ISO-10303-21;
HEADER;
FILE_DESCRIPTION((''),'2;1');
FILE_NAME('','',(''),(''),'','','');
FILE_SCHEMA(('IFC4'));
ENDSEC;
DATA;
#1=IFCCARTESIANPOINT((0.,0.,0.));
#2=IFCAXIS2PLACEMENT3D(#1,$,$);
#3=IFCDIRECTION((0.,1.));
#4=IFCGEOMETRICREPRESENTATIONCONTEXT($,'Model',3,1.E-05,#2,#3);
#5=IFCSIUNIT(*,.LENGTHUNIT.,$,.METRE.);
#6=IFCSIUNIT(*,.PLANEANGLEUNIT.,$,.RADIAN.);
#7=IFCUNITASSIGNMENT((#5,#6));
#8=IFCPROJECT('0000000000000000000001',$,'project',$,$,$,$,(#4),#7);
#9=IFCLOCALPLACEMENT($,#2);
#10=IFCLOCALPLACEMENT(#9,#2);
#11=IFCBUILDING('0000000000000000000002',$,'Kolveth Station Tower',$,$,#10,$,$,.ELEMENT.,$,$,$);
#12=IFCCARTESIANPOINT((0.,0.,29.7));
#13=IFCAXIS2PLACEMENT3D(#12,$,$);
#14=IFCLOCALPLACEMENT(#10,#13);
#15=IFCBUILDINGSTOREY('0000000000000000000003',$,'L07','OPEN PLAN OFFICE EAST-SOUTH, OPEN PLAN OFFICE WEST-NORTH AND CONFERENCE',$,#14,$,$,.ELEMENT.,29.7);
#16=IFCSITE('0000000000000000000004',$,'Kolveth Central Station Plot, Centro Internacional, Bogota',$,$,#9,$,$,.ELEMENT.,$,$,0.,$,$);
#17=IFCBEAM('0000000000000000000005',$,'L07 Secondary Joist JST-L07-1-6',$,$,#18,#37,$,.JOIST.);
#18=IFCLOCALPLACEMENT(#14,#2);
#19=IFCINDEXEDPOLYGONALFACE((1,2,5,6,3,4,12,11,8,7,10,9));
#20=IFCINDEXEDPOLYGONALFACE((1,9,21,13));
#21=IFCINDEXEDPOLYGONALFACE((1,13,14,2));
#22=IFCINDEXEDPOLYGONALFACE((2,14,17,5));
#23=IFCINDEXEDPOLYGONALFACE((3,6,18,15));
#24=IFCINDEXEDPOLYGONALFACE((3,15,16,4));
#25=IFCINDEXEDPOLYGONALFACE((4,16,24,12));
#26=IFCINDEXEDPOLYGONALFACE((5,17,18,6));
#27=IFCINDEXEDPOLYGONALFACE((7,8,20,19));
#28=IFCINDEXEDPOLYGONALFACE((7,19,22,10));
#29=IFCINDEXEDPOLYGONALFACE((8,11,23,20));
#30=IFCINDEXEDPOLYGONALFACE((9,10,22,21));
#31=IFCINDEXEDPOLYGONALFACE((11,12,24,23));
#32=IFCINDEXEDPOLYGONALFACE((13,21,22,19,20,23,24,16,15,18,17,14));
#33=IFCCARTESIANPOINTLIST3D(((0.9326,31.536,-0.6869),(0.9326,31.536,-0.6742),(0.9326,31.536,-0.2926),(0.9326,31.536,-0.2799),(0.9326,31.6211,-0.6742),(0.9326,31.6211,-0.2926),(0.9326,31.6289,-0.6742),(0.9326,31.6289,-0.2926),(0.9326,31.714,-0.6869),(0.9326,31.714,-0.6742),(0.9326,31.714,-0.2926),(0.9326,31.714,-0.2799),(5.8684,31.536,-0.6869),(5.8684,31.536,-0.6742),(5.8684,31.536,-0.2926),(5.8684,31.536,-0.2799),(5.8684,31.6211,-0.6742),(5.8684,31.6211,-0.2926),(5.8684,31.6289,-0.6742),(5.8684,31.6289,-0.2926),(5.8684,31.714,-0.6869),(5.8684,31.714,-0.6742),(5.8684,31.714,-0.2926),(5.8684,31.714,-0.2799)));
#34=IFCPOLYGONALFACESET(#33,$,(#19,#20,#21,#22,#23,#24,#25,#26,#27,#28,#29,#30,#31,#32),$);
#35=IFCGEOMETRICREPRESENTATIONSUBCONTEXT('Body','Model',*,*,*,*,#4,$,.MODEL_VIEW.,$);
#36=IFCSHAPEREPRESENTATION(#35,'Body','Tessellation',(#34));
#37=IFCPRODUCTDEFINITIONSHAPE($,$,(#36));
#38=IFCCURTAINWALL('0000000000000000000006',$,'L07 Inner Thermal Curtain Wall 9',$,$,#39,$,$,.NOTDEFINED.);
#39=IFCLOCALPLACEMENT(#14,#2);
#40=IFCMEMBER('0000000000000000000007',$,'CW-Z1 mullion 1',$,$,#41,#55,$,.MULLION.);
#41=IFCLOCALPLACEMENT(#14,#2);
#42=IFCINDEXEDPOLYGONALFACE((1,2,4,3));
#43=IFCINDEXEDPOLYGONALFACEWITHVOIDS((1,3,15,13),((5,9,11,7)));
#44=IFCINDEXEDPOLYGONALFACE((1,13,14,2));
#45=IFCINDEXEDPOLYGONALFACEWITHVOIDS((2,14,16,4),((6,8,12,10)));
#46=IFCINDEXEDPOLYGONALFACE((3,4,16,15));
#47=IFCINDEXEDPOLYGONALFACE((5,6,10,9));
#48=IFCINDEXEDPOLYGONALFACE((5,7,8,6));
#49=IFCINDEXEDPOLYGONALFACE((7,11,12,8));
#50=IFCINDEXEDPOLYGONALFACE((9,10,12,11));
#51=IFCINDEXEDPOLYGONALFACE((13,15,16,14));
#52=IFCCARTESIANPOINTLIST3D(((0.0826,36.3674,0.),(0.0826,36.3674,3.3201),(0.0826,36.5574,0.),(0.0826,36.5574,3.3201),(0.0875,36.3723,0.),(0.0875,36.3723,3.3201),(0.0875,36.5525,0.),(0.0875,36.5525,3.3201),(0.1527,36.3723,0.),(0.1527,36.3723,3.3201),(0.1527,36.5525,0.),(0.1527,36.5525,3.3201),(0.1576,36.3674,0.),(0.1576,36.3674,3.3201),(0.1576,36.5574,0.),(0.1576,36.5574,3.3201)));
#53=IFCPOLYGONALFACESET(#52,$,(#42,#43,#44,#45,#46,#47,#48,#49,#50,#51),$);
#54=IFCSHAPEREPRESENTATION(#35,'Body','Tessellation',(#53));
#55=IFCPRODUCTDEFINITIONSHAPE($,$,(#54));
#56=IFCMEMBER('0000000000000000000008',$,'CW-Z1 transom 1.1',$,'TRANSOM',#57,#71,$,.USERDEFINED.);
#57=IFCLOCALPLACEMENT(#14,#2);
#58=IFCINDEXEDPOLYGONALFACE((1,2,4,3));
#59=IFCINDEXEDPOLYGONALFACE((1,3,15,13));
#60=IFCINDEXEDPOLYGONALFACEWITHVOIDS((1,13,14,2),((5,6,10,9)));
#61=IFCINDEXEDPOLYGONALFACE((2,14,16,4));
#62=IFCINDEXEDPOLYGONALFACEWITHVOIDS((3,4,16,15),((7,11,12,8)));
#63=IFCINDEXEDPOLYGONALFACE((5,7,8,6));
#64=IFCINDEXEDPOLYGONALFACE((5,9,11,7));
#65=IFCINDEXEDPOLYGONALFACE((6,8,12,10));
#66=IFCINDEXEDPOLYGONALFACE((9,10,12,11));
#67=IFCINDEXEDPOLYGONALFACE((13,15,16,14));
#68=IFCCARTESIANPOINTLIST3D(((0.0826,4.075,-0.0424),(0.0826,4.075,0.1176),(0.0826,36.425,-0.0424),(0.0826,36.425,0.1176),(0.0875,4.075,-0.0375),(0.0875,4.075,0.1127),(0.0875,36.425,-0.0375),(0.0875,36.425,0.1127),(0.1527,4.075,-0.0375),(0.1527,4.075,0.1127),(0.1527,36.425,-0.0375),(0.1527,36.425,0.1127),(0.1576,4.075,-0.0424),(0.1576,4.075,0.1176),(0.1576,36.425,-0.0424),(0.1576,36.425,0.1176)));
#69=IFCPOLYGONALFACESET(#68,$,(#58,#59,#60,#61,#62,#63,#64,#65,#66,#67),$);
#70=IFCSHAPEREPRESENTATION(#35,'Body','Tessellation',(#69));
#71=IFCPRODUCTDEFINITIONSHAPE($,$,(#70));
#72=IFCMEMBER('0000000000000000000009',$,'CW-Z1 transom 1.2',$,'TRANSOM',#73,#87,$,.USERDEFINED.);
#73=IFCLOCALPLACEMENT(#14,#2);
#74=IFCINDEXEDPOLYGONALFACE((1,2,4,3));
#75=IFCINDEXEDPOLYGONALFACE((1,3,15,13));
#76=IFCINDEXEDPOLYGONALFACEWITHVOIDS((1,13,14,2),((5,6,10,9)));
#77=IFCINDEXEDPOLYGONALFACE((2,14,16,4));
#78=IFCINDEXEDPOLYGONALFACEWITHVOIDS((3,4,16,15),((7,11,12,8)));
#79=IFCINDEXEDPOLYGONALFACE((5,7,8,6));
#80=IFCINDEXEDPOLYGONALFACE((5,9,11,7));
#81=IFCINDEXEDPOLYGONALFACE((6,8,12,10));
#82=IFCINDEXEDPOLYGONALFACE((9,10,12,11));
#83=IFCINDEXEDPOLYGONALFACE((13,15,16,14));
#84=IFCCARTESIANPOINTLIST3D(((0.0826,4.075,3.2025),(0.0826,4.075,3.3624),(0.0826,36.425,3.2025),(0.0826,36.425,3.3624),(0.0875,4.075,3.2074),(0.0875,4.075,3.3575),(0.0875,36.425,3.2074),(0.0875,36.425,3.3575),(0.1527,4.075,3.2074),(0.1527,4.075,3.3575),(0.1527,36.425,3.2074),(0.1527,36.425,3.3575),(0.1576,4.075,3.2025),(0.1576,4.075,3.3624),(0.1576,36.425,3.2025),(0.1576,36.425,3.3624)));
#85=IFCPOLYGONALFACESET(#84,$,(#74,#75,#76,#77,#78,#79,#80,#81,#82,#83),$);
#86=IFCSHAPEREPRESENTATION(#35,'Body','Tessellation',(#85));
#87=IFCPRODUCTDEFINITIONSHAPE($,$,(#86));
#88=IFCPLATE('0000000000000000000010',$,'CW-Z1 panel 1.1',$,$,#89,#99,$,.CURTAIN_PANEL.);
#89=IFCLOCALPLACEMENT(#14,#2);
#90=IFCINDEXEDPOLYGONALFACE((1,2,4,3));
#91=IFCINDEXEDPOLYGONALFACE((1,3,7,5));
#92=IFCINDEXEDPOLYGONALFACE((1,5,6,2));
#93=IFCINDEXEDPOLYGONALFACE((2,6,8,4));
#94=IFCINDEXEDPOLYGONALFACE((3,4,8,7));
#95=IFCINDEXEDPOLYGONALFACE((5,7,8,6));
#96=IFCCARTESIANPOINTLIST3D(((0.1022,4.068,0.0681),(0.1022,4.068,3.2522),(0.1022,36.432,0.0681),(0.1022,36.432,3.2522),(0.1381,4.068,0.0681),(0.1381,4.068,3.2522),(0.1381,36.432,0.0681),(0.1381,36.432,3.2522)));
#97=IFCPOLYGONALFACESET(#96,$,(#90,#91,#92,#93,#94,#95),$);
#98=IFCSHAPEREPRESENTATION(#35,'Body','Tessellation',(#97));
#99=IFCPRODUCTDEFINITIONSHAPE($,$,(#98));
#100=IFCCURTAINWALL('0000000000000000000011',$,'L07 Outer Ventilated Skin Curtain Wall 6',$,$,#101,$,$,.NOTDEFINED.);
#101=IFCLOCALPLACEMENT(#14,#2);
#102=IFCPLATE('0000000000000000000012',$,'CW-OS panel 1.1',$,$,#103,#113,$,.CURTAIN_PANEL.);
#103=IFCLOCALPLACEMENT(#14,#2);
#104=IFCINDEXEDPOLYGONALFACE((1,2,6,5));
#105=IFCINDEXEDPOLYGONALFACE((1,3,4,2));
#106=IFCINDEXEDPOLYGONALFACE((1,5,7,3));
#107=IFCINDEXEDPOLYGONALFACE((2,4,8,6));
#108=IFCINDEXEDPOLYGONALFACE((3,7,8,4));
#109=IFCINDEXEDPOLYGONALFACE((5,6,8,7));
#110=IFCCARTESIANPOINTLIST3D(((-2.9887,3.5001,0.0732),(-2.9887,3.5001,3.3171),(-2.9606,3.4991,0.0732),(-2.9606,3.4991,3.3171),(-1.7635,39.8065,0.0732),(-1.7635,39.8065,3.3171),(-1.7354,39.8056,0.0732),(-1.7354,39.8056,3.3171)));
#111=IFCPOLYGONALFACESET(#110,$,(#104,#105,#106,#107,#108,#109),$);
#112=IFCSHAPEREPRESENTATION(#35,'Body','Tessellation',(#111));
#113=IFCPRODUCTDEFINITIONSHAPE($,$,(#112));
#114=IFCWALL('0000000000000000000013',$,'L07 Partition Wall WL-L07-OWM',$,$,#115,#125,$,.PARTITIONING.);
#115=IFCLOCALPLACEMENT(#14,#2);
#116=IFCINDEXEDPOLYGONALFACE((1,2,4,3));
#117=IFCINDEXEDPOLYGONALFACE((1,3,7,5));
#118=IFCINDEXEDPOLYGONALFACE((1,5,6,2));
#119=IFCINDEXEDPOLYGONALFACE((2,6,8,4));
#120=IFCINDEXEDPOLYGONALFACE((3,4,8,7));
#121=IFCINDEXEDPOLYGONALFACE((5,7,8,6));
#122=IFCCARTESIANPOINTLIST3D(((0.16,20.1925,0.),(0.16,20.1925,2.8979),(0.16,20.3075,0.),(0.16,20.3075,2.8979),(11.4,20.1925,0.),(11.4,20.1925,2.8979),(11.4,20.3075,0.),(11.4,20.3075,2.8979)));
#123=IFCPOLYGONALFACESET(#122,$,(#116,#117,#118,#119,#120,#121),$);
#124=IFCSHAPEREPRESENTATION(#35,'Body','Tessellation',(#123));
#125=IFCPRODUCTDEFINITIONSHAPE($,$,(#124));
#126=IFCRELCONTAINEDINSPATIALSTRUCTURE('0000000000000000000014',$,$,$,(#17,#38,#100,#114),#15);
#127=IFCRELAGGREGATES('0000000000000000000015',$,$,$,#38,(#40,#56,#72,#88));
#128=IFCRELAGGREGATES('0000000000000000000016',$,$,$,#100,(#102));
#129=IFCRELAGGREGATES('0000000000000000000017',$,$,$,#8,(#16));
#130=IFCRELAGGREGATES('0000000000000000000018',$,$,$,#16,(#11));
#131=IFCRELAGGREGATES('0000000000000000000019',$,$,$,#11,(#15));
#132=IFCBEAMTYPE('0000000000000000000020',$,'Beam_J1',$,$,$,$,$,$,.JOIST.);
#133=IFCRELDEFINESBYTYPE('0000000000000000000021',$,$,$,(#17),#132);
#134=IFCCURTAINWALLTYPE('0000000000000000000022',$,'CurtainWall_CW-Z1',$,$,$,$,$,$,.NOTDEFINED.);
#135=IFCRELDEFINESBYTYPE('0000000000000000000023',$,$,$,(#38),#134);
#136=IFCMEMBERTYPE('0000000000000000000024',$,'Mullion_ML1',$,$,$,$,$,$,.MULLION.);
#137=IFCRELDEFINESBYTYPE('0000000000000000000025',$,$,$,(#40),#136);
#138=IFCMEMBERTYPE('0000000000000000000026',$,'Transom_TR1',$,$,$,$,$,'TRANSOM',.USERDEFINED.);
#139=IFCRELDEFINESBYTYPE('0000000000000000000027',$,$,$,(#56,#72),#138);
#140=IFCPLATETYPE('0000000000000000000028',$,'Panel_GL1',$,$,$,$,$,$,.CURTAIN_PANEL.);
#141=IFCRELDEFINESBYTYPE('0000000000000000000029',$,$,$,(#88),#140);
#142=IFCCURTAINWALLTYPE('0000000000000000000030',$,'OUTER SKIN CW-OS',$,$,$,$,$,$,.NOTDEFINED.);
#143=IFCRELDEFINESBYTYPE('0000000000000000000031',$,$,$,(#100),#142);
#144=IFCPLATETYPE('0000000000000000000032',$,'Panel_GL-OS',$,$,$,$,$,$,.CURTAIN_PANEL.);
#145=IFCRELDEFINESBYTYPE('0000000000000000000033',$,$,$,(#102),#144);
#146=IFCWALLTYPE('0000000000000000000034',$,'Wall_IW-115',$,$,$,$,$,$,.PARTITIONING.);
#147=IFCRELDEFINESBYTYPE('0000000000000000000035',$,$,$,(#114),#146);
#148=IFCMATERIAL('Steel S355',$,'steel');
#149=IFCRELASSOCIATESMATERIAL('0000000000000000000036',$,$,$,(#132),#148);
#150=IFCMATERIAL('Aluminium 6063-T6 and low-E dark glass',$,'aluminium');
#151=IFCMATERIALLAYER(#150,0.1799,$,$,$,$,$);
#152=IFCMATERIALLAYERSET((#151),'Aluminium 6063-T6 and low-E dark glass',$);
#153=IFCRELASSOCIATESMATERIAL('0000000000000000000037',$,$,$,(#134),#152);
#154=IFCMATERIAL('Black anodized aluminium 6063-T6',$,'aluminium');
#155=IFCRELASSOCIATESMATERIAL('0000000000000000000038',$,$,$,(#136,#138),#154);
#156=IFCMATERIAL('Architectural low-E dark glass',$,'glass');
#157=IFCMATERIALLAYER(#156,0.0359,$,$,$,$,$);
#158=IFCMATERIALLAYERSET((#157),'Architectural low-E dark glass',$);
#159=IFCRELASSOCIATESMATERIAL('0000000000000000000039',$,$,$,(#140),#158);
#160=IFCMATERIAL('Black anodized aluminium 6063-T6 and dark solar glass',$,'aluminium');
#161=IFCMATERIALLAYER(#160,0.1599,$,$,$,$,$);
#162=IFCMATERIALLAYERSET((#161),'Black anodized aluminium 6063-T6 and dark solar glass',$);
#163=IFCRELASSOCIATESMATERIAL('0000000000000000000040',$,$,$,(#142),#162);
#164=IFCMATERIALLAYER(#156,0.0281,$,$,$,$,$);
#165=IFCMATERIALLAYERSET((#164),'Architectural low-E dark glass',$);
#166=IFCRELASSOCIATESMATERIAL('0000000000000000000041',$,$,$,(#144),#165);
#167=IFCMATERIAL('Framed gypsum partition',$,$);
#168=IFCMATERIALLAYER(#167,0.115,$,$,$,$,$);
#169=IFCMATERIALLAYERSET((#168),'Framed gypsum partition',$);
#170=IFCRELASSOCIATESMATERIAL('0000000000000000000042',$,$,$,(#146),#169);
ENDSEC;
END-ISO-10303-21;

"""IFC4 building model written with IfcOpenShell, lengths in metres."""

from ifc_helpers import new_model, si_unit, direction, frame, frame_2d, origin, origin_2d, place, context, subcontext, project, spatial, rectangle, hollow_rectangle, i_section, extrude, source, transform, mapped, material, layer, layer_set, material_profile, profile_set, type_object, element, aggregate, save


model = new_model("IFC4")

# Units and contexts
model_context = context("Model", 3, precision=1e-05, world=origin(), true_north=direction((0.0, 1.0)))
body_context = subcontext(model_context, "Body", "Model", "MODEL_VIEW")
ifc_project = project(units=[si_unit("LENGTHUNIT", "METRE"), si_unit("PLANEANGLEUNIT", "RADIAN")], contexts=[model_context])

# Site, building, storey
site_placement = place(None, origin())
site = spatial("IfcSite", under=ifc_project, at=site_placement, Name="Kolveth Central Station Plot, Centro Internacional, Bogota", CompositionType="ELEMENT", RefElevation=0.0)
building_placement = place(site_placement, origin())
building = spatial("IfcBuilding", under=site, at=building_placement, Name="Kolveth Station Tower", CompositionType="ELEMENT")
storey_placement = place(building_placement, frame((0.0, 0.0, 29.7)))
storey = spatial("IfcBuildingStorey", under=building, at=storey_placement, Name="L07", Description="OPEN PLAN OFFICE EAST-SOUTH, OPEN PLAN OFFICE WEST-NORTH AND CONFERENCE", CompositionType="ELEMENT", Elevation=29.7)

# Shared definitions
ifc_material_1 = material(Name="Steel S355", Category="steel")

# Beam
ifc_material_profile_1 = material_profile(ifc_material_1, i_section(OverallWidth=0.178, OverallDepth=0.407, WebThickness=0.0078, FlangeThickness=0.0127, at=origin_2d()), Name="W410x60")
ifc_profile_set_1 = profile_set([ifc_material_profile_1], Name="Steel S355")
beam_type_1 = type_object("IfcBeamType", Name="Beam_J1", PredefinedType="JOIST", material=ifc_profile_set_1)
shared_shape_1 = source(origin(), body_context, "Body", "SweptSolid", [
    extrude(i_section(OverallWidth=0.178, OverallDepth=0.407, WebThickness=0.0078, FlangeThickness=0.0127, at=origin_2d()), origin(), (0.0, 0.0, 1.0), 4.9358),
])
for number, where, z_axis, x_axis, name in (
    (1, (0.9326, 31.625, -0.4834), (1.0, 0.0, 0.0), (0.0, 1.0, 0.0), "L07 Secondary Joist JST-L07-1-6"),
):
    element("IfcBeam", number, at=place(storey_placement, frame(where, z_axis=z_axis, x_axis=x_axis)), inside=storey, type_object=beam_type_1, Name=name, PredefinedType="JOIST", context=body_context, shape_type="MappedRepresentation", body=[
        mapped(shared_shape_1, transform((0.0, 0.0, 0.0), x_axis=(1.0, 0.0, 0.0), y_axis=(0.0, 1.0, 0.0), z_axis=(0.0, 0.0, 1.0), scale=1.0)),
    ])

# Curtain wall, members, plate
ifc_material_2 = material(Name="Aluminium 6063-T6 and low-E dark glass", Category="aluminium")
ifc_layer_1 = layer(ifc_material_2, 0.1799)
ifc_layer_set_1 = layer_set([ifc_layer_1], Name="Aluminium 6063-T6 and low-E dark glass")
curtain_wall_type_1 = type_object("IfcCurtainWallType", Name="CurtainWall_CW-Z1", PredefinedType="NOTDEFINED", material=ifc_layer_set_1)
curtain_wall_1_placement = place(storey_placement, origin())
curtain_wall_1 = element("IfcCurtainWall", 2, at=curtain_wall_1_placement, inside=storey, type_object=curtain_wall_type_1, Name="L07 Inner Thermal Curtain Wall 9", PredefinedType="NOTDEFINED")
ifc_material_3 = material(Name="Black anodized aluminium 6063-T6", Category="aluminium")
ifc_material_profile_2 = material_profile(ifc_material_3, hollow_rectangle(XDim=0.075, YDim=0.1899, WallThickness=0.0049, at=origin_2d()), Name="ALU-75x190x5")
ifc_profile_set_2 = profile_set([ifc_material_profile_2], Name="Black anodized aluminium 6063-T6")
member_type_1 = type_object("IfcMemberType", Name="Mullion_ML1", PredefinedType="MULLION", material=ifc_profile_set_2)
shared_shape_2 = source(origin(), body_context, "Body", "SweptSolid", [
    extrude(hollow_rectangle(XDim=0.075, YDim=0.1899, WallThickness=0.0049, at=origin_2d()), origin(), (0.0, 0.0, 1.0), 3.3201),
])
member_1_placement = place(storey_placement, frame((0.1201, 36.4624, 0.0), z_axis=(0.0, 0.0, 1.0), x_axis=(1.0, 0.0, 0.0)))
member_1 = element("IfcMember", 3, at=member_1_placement, type_object=member_type_1, Name="CW-Z1 mullion 1", PredefinedType="MULLION", context=body_context, shape_type="MappedRepresentation", body=[
    mapped(shared_shape_2, transform((0.0, 0.0, 0.0), x_axis=(1.0, 0.0, 0.0), y_axis=(0.0, 1.0, 0.0), z_axis=(0.0, 0.0, 1.0), scale=1.0)),
])
ifc_material_profile_3 = material_profile(ifc_material_3, hollow_rectangle(XDim=0.075, YDim=0.1599, WallThickness=0.0049, at=origin_2d()), Name="ALU-75x160x5")
ifc_profile_set_3 = profile_set([ifc_material_profile_3], Name="Black anodized aluminium 6063-T6")
member_type_2 = type_object("IfcMemberType", Name="Transom_TR1", ElementType="TRANSOM", PredefinedType="USERDEFINED", material=ifc_profile_set_3)
shared_shape_3 = source(origin(), body_context, "Body", "SweptSolid", [
    extrude(hollow_rectangle(XDim=0.075, YDim=0.1599, WallThickness=0.0049, at=origin_2d()), origin(), (0.0, 0.0, 1.0), 32.3501),
])
member_2_placement = place(storey_placement, frame((0.1201, 36.425, 0.0376), z_axis=(0.0, -1.0, 0.0), x_axis=(1.0, 0.0, 0.0)))
member_2 = element("IfcMember", 4, at=member_2_placement, type_object=member_type_2, Name="CW-Z1 transom 1.1", ObjectType="TRANSOM", PredefinedType="USERDEFINED", context=body_context, shape_type="MappedRepresentation", body=[
    mapped(shared_shape_3, transform((0.0, 0.0, 0.0), x_axis=(1.0, 0.0, 0.0), y_axis=(0.0, 1.0, 0.0), z_axis=(0.0, 0.0, 1.0), scale=1.0)),
])
member_3_placement = place(storey_placement, frame((0.1201, 36.425, 3.2825), z_axis=(0.0, -1.0, 0.0), x_axis=(1.0, 0.0, 0.0)))
member_3 = element("IfcMember", 5, at=member_3_placement, type_object=member_type_2, Name="CW-Z1 transom 1.2", ObjectType="TRANSOM", PredefinedType="USERDEFINED", context=body_context, shape_type="MappedRepresentation", body=[
    mapped(shared_shape_3, transform((0.0, 0.0, 0.0), x_axis=(1.0, 0.0, 0.0), y_axis=(0.0, 1.0, 0.0), z_axis=(0.0, 0.0, 1.0), scale=1.0)),
])
ifc_material_4 = material(Name="Architectural low-E dark glass", Category="glass")
ifc_layer_2 = layer(ifc_material_4, 0.0359)
ifc_layer_set_2 = layer_set([ifc_layer_2], Name="Architectural low-E dark glass")
plate_type_1 = type_object("IfcPlateType", Name="Panel_GL1", PredefinedType="CURTAIN_PANEL", material=ifc_layer_set_2)
shared_shape_4 = source(origin(), body_context, "Body", "SweptSolid", [
    extrude(rectangle(XDim=32.364, YDim=0.0359, at=origin_2d()), origin(), (0.0, 0.0, 1.0), 3.1841),
])
plate_1_placement = place(storey_placement, frame((0.1201, 20.25, 0.0681), z_axis=(0.0, 0.0, 1.0), x_axis=(0.0, -1.0, 0.0)))
plate_1 = element("IfcPlate", 6, at=plate_1_placement, type_object=plate_type_1, Name="CW-Z1 panel 1.1", PredefinedType="CURTAIN_PANEL", context=body_context, shape_type="MappedRepresentation", body=[
    mapped(shared_shape_4, transform((0.0, 0.0, 0.0), x_axis=(1.0, 0.0, 0.0), y_axis=(0.0, 1.0, 0.0), z_axis=(0.0, 0.0, 1.0), scale=1.0)),
])
aggregate(curtain_wall_1, [member_1, member_2, member_3, plate_1])

# Curtain wall, plate
ifc_material_5 = material(Name="Black anodized aluminium 6063-T6 and dark solar glass", Category="aluminium")
ifc_layer_3 = layer(ifc_material_5, 0.1599)
ifc_layer_set_3 = layer_set([ifc_layer_3], Name="Black anodized aluminium 6063-T6 and dark solar glass")
curtain_wall_type_2 = type_object("IfcCurtainWallType", Name="OUTER SKIN CW-OS", PredefinedType="NOTDEFINED", material=ifc_layer_set_3)
curtain_wall_2_placement = place(storey_placement, origin())
curtain_wall_2 = element("IfcCurtainWall", 7, at=curtain_wall_2_placement, inside=storey, type_object=curtain_wall_type_2, Name="L07 Outer Ventilated Skin Curtain Wall 6", PredefinedType="NOTDEFINED")
ifc_layer_4 = layer(ifc_material_4, 0.0281)
ifc_layer_set_4 = layer_set([ifc_layer_4], Name="Architectural low-E dark glass")
plate_type_2 = type_object("IfcPlateType", Name="Panel_GL-OS", PredefinedType="CURTAIN_PANEL", material=ifc_layer_set_4)
shared_shape_5 = source(origin(), body_context, "Body", "SweptSolid", [
    extrude(rectangle(XDim=36.3271, YDim=0.0281, at=origin_2d()), origin(), (0.0, 0.0, 1.0), 3.2439),
])
plate_2_placement = place(storey_placement, frame((-2.3621, 21.6528, 0.0732), z_axis=(0.0, 0.0, 1.0), x_axis=(-0.033727, -0.999431, 0.0)))
plate_2 = element("IfcPlate", 8, at=plate_2_placement, type_object=plate_type_2, Name="CW-OS panel 1.1", PredefinedType="CURTAIN_PANEL", context=body_context, shape_type="MappedRepresentation", body=[
    mapped(shared_shape_5, transform((0.0, 0.0, 0.0), x_axis=(1.0, 0.0, 0.0), y_axis=(0.0, 1.0, 0.0), z_axis=(0.0, 0.0, 1.0), scale=1.0)),
])
aggregate(curtain_wall_2, [plate_2])

# Wall
ifc_material_6 = material(Name="Framed gypsum partition")
ifc_layer_5 = layer(ifc_material_6, 0.115)
ifc_layer_set_5 = layer_set([ifc_layer_5], Name="Framed gypsum partition")
wall_type = type_object("IfcWallType", Name="Wall_IW-115", PredefinedType="PARTITIONING", material=ifc_layer_set_5)
wall_placement = place(storey_placement, frame((0.1599, 20.25, 0.0), z_axis=(0.0, 0.0, 1.0), x_axis=(1.0, 0.0, 0.0)))
element("IfcWall", 9, at=wall_placement, inside=storey, type_object=wall_type, Name="L07 Partition Wall WL-L07-OWM", PredefinedType="PARTITIONING", context=body_context, shape_type="SweptSolid", body=[
    extrude(rectangle(XDim=11.24, YDim=0.115, at=frame_2d((5.6201, 0.0))), origin(), (0.0, 0.0, 1.0), 2.8979),
])

save(model, "model.ifc")
